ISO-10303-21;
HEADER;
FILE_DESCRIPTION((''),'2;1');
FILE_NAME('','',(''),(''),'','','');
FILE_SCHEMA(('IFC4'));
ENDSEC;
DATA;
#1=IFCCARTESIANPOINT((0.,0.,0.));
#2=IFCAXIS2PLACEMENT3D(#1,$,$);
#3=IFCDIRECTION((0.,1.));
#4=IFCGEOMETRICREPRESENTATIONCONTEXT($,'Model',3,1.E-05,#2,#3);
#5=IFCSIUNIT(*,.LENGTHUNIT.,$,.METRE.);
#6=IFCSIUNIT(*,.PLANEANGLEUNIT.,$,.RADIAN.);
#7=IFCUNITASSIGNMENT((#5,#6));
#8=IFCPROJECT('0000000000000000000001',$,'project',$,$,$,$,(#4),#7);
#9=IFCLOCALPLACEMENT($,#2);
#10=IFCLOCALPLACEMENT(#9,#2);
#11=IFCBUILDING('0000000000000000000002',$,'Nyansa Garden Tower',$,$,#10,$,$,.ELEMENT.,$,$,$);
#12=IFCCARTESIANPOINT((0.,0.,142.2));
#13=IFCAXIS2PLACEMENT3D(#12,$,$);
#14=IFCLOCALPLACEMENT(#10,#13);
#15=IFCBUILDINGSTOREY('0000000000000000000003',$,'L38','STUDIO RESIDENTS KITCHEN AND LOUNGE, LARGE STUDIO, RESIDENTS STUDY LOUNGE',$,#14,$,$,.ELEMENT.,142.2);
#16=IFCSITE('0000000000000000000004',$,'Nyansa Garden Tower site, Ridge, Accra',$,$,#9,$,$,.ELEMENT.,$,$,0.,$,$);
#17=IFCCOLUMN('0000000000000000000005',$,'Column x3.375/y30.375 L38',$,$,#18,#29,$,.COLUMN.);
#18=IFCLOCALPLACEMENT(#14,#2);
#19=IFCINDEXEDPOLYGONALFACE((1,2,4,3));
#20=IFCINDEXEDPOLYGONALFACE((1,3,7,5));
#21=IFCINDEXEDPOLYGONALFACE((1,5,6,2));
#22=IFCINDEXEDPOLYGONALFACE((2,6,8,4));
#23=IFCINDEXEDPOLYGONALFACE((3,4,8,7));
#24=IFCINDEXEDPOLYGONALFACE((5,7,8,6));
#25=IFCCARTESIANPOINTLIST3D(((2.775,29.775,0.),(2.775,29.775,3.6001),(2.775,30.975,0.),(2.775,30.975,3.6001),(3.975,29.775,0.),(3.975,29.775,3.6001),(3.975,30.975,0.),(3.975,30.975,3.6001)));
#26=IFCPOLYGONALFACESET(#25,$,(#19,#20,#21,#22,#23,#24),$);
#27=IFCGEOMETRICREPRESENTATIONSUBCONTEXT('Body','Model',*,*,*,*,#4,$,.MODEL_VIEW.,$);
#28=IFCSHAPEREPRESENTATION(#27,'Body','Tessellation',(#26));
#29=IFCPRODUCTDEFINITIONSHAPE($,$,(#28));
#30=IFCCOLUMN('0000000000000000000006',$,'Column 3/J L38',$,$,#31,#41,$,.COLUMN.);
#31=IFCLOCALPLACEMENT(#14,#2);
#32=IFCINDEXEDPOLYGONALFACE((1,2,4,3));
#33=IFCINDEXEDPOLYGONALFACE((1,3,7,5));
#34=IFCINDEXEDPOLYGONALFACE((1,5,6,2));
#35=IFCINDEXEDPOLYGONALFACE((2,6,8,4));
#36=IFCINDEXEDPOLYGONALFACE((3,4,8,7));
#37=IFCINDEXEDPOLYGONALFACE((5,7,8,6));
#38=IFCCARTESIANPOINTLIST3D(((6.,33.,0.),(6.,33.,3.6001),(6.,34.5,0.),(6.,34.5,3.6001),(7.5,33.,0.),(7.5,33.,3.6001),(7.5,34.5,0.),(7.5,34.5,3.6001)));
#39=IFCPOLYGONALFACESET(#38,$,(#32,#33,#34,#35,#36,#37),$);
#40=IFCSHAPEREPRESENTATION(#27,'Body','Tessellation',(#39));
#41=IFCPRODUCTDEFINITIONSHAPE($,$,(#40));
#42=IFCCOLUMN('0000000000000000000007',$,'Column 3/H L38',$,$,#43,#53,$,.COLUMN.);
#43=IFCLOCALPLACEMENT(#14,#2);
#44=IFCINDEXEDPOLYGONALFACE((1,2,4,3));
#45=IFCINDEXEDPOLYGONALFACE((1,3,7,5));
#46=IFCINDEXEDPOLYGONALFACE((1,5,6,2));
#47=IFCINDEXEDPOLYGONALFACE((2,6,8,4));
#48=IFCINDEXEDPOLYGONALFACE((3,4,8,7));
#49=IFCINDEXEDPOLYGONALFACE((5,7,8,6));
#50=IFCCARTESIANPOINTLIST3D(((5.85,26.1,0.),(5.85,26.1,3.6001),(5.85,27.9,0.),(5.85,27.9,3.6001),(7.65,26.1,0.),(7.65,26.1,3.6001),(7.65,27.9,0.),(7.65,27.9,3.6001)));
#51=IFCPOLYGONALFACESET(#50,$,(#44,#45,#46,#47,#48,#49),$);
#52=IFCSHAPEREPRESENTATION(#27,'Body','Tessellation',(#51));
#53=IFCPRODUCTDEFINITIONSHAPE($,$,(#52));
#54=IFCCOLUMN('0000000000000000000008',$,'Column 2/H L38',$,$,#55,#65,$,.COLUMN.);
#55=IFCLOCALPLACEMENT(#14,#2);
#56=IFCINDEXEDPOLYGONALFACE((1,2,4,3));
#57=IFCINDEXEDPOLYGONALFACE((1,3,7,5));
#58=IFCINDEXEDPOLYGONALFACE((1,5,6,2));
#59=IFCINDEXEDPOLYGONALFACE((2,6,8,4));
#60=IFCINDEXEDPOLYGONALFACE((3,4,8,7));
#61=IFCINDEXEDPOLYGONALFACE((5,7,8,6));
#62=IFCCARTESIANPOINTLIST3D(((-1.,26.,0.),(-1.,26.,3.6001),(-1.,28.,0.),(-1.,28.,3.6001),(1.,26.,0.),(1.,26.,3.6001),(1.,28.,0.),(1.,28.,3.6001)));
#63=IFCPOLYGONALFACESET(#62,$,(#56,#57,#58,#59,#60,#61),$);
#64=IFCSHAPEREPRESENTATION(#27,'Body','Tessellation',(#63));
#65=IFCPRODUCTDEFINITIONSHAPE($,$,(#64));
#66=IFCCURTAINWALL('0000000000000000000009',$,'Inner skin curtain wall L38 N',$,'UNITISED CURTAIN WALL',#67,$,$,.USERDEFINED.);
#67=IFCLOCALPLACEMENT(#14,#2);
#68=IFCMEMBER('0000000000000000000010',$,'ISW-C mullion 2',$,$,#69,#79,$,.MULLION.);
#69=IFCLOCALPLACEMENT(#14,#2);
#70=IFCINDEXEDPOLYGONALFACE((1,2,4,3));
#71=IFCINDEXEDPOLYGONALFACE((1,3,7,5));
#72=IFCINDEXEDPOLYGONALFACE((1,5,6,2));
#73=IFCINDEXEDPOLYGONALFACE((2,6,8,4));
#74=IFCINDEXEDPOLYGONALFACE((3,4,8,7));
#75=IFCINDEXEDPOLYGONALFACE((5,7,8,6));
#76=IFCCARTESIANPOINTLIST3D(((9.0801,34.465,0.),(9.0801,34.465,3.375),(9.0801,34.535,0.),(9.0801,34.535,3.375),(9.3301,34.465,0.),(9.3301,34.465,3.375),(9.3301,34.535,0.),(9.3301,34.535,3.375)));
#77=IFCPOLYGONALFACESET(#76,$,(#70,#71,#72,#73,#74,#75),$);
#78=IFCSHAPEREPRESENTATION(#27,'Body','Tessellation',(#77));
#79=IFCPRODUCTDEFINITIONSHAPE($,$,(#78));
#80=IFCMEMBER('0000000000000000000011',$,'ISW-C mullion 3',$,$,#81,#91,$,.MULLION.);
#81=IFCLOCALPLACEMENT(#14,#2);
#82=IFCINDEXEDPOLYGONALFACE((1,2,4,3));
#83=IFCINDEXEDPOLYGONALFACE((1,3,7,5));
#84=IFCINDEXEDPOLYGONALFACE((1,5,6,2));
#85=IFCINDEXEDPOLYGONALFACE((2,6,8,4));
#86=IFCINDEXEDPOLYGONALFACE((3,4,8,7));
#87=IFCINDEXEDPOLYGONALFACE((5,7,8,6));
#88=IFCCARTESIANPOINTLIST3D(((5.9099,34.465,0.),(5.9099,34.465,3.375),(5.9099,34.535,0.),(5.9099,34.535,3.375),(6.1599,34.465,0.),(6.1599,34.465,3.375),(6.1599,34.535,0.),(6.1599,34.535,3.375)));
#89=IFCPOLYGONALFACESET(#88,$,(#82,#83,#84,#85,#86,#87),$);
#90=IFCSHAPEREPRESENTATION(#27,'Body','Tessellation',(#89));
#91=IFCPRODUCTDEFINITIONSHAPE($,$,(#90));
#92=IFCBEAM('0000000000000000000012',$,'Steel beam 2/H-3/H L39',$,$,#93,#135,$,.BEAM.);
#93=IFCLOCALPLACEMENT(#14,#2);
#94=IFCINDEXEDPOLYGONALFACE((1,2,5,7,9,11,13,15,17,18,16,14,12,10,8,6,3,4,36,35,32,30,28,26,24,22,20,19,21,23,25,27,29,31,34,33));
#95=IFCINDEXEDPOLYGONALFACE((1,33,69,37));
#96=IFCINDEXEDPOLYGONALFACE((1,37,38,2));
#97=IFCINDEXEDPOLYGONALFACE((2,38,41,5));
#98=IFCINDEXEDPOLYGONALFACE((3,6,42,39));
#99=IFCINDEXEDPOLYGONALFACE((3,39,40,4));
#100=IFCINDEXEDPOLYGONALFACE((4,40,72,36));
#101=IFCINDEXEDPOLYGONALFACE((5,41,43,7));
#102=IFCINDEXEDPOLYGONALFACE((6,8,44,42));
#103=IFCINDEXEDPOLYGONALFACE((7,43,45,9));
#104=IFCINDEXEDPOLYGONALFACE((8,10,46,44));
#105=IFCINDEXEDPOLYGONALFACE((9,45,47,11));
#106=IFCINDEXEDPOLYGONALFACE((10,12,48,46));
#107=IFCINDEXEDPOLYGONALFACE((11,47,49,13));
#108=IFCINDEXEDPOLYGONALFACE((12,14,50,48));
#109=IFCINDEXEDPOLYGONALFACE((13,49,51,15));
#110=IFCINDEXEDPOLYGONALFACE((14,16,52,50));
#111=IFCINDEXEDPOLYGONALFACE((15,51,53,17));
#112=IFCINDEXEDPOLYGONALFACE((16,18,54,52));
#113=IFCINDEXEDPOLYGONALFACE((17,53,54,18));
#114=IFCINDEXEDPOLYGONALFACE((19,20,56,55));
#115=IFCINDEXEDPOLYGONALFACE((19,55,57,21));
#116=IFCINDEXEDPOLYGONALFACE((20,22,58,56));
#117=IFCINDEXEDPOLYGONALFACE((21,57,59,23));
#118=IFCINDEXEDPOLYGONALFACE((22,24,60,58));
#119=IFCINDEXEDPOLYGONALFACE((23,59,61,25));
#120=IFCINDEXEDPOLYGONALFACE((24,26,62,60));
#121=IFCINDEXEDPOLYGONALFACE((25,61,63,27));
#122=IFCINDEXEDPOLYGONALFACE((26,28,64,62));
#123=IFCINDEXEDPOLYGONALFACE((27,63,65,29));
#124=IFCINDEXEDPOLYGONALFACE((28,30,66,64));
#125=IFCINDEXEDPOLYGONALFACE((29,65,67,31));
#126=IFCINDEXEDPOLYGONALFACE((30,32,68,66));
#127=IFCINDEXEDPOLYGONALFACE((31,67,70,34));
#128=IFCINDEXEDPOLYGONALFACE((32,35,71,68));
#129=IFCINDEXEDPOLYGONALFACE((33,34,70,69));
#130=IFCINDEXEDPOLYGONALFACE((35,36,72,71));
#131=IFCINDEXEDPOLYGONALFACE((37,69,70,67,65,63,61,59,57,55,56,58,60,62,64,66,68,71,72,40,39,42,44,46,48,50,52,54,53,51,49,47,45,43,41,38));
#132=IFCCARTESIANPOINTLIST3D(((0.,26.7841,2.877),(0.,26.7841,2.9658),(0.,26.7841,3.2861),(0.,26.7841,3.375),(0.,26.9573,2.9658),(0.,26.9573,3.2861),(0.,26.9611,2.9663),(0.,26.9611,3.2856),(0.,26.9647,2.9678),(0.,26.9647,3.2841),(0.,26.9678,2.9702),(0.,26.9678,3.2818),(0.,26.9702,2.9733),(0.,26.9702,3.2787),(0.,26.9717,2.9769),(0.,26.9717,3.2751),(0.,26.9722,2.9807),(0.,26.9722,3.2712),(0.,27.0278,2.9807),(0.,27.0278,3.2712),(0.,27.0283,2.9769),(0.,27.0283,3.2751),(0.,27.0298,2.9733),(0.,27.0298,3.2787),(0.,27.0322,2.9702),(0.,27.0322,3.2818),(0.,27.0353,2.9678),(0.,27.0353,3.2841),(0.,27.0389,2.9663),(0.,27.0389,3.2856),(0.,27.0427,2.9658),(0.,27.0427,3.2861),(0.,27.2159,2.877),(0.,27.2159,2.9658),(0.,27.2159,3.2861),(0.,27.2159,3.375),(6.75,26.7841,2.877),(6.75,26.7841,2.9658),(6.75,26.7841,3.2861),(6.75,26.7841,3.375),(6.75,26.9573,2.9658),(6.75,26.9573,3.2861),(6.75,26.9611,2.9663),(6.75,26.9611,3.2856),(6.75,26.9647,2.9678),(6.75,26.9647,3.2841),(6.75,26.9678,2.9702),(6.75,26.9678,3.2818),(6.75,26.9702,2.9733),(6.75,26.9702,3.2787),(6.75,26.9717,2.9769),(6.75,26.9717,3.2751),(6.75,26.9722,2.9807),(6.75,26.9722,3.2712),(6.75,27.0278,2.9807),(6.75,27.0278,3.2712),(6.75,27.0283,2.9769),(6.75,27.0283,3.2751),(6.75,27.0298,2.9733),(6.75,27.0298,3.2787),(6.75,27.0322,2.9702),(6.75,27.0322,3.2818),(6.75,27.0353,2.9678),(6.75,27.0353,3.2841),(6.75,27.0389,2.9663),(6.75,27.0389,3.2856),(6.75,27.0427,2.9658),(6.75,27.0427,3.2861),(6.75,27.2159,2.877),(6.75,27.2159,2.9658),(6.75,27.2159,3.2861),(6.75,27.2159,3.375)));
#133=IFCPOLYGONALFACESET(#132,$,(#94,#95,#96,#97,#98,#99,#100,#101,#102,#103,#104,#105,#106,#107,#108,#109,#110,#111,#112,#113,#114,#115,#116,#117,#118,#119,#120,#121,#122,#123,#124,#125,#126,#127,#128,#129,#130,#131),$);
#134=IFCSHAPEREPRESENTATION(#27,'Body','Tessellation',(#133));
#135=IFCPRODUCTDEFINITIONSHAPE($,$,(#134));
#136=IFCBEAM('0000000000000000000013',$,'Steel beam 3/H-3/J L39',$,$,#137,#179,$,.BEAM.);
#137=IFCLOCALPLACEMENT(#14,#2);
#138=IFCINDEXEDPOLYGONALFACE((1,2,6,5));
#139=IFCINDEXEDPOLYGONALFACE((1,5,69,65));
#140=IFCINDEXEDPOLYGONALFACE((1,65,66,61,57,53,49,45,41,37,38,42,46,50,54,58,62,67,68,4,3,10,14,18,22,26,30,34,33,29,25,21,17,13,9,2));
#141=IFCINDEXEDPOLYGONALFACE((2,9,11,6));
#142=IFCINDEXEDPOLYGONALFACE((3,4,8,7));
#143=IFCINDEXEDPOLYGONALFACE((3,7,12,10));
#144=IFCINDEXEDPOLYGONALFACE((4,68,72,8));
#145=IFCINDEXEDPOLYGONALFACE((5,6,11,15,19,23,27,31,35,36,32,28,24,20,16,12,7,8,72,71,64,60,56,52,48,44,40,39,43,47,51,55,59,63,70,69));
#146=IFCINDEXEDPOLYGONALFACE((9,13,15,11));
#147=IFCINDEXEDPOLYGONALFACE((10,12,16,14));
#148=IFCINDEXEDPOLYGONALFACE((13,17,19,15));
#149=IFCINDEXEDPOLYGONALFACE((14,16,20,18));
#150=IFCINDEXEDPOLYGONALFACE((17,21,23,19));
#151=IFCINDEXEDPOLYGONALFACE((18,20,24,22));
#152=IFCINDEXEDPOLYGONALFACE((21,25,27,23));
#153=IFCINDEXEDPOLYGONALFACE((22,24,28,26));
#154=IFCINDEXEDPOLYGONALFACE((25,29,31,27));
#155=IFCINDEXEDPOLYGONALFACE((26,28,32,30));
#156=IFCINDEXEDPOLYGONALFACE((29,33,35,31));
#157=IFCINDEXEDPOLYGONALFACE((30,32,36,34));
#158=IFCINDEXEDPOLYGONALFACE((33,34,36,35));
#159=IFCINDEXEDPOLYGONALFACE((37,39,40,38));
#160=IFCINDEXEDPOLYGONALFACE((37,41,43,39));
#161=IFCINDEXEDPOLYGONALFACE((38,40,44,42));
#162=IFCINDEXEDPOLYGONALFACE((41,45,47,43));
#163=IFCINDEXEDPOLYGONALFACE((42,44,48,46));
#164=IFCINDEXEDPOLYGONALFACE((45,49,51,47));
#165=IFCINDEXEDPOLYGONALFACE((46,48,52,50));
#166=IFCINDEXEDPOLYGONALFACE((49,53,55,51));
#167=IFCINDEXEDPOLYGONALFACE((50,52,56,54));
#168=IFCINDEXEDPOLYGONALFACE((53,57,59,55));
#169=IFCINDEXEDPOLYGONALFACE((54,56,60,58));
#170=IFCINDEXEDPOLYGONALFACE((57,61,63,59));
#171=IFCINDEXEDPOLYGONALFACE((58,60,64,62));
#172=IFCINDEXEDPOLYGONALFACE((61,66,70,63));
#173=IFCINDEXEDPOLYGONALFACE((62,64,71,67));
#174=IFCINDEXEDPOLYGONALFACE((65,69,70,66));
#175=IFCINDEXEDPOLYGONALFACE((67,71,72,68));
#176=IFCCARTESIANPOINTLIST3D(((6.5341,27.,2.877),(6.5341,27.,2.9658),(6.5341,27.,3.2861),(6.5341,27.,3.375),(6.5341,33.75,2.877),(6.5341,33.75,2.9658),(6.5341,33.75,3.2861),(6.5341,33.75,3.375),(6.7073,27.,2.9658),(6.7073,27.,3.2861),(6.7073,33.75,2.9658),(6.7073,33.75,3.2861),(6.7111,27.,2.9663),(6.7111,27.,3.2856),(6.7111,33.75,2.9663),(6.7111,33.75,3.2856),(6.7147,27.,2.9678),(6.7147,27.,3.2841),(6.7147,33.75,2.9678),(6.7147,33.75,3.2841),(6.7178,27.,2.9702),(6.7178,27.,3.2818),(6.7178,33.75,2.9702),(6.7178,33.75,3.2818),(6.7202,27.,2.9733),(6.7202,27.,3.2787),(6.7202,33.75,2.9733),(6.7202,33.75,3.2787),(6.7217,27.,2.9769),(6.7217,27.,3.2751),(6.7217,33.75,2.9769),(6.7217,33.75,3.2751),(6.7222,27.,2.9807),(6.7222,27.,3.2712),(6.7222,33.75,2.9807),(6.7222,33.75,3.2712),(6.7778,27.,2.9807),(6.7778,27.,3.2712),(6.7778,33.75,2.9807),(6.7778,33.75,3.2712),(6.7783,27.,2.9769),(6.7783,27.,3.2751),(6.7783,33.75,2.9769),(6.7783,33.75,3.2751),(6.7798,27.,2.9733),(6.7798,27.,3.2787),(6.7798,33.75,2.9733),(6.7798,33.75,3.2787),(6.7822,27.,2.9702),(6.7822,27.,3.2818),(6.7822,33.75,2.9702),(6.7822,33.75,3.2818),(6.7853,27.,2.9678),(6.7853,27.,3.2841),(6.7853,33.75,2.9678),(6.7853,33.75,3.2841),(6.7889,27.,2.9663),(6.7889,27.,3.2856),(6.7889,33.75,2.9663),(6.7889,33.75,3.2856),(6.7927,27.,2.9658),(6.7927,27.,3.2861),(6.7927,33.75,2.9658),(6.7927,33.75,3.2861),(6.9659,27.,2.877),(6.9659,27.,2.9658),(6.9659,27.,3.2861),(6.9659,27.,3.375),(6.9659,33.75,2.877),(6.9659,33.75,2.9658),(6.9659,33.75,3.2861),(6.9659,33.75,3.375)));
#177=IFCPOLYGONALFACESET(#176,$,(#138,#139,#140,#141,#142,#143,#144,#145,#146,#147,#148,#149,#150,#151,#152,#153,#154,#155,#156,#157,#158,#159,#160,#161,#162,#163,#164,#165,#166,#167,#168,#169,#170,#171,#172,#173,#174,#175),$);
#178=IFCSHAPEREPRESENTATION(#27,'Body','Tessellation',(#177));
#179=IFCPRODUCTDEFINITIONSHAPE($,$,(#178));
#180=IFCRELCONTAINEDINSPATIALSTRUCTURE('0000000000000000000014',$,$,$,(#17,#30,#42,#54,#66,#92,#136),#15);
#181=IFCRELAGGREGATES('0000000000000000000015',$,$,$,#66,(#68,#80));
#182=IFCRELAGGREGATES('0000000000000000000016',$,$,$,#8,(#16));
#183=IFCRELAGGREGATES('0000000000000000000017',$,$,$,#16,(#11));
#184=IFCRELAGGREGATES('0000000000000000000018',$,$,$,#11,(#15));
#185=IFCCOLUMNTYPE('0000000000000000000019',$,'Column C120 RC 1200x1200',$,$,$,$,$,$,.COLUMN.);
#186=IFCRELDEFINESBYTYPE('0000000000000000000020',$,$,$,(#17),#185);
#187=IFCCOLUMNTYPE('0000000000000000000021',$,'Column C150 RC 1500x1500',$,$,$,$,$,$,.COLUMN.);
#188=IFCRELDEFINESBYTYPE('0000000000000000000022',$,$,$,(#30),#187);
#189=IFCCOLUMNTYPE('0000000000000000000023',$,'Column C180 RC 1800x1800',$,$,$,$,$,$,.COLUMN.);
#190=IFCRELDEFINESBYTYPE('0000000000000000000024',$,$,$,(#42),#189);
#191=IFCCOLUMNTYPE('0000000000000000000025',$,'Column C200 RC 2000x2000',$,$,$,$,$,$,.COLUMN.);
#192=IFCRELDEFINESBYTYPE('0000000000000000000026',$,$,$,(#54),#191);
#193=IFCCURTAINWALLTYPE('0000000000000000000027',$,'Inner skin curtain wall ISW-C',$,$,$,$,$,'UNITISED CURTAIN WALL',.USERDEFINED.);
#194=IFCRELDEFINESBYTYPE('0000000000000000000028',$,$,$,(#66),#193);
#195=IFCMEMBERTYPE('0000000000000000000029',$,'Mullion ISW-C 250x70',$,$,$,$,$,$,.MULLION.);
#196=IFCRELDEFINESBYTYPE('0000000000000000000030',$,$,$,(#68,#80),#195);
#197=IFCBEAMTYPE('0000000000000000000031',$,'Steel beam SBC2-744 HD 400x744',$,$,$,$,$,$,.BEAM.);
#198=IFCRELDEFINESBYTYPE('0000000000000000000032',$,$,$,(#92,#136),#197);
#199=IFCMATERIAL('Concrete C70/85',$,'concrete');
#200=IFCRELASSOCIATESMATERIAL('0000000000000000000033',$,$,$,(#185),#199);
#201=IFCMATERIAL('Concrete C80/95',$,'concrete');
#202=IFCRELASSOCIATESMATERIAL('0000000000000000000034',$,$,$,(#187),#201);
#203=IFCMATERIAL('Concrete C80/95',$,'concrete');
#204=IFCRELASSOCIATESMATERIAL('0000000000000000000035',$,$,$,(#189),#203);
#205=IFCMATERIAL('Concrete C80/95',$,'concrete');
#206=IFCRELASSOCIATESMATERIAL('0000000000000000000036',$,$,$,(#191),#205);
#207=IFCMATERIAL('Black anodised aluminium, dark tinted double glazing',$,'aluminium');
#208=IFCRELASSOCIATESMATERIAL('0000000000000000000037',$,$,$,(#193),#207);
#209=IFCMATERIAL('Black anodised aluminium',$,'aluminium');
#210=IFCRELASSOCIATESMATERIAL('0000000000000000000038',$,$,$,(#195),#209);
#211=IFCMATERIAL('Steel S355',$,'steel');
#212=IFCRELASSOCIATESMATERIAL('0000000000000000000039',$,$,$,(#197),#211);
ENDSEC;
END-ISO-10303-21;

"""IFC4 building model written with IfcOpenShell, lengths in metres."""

from ifc_helpers import new_model, si_unit, direction, frame, origin, origin_2d, place, context, subcontext, project, spatial, rectangle, i_section, extrude, material, material_profile, profile_set, type_object, element, aggregate, save


model = new_model("IFC4")

# Units and contexts
model_context = context("Model", 3, precision=1e-05, world=origin(), true_north=direction((0.0, 1.0)))
body_context = subcontext(model_context, "Body", "Model", "MODEL_VIEW")
ifc_project = project(units=[si_unit("LENGTHUNIT", "METRE"), si_unit("PLANEANGLEUNIT", "RADIAN")], contexts=[model_context])

# Site, building, storey
site_placement = place(None, origin())
site = spatial("IfcSite", under=ifc_project, at=site_placement, Name="Nyansa Garden Tower site, Ridge, Accra", CompositionType="ELEMENT", RefElevation=0.0)
building_placement = place(site_placement, origin())
building = spatial("IfcBuilding", under=site, at=building_placement, Name="Nyansa Garden Tower", CompositionType="ELEMENT")
storey_placement = place(building_placement, frame((0.0, 0.0, 142.2)))
storey = spatial("IfcBuildingStorey", under=building, at=storey_placement, Name="L38", Description="STUDIO RESIDENTS KITCHEN AND LOUNGE, LARGE STUDIO, RESIDENTS STUDY LOUNGE", CompositionType="ELEMENT", Elevation=142.2)

# Columns
ifc_material_1 = material(Name="Concrete C70/85", Category="concrete")
ifc_material_profile_1 = material_profile(ifc_material_1, rectangle(XDim=1.2, YDim=1.2, at=origin_2d()), Name="RC 1200x1200")
ifc_profile_set_1 = profile_set([ifc_material_profile_1], Name="Concrete C70/85")
column_type_1 = type_object("IfcColumnType", Name="Column C120 RC 1200x1200", PredefinedType="COLUMN", material=ifc_profile_set_1)
column_1_placement = place(storey_placement, frame((3.375, 30.375, 0.0), z_axis=(0.0, 0.0, 1.0), x_axis=(1.0, 0.0, 0.0)))
element("IfcColumn", 1, at=column_1_placement, inside=storey, type_object=column_type_1, Name="Column x3.375/y30.375 L38", PredefinedType="COLUMN", context=body_context, shape_type="SweptSolid", body=[
    extrude(rectangle(XDim=1.2, YDim=1.2, at=origin_2d()), origin(), (0.0, 0.0, 1.0), 3.6001),
])
ifc_material_2 = material(Name="Concrete C80/95", Category="concrete")
ifc_material_profile_2 = material_profile(ifc_material_2, rectangle(XDim=1.5, YDim=1.5, at=origin_2d()), Name="RC 1500x1500")
ifc_profile_set_2 = profile_set([ifc_material_profile_2], Name="Concrete C80/95")
column_type_2 = type_object("IfcColumnType", Name="Column C150 RC 1500x1500", PredefinedType="COLUMN", material=ifc_profile_set_2)
column_2_placement = place(storey_placement, frame((6.75, 33.75, 0.0), z_axis=(0.0, 0.0, 1.0), x_axis=(1.0, 0.0, 0.0)))
element("IfcColumn", 2, at=column_2_placement, inside=storey, type_object=column_type_2, Name="Column 3/J L38", PredefinedType="COLUMN", context=body_context, shape_type="SweptSolid", body=[
    extrude(rectangle(XDim=1.5, YDim=1.5, at=origin_2d()), origin(), (0.0, 0.0, 1.0), 3.6001),
])
ifc_material_3 = material(Name="Concrete C80/95", Category="concrete")
ifc_material_profile_3 = material_profile(ifc_material_3, rectangle(XDim=1.8, YDim=1.8, at=origin_2d()), Name="RC 1800x1800")
ifc_profile_set_3 = profile_set([ifc_material_profile_3], Name="Concrete C80/95")
column_type_3 = type_object("IfcColumnType", Name="Column C180 RC 1800x1800", PredefinedType="COLUMN", material=ifc_profile_set_3)
column_3_placement = place(storey_placement, frame((6.75, 27.0, 0.0), z_axis=(0.0, 0.0, 1.0), x_axis=(1.0, 0.0, 0.0)))
element("IfcColumn", 3, at=column_3_placement, inside=storey, type_object=column_type_3, Name="Column 3/H L38", PredefinedType="COLUMN", context=body_context, shape_type="SweptSolid", body=[
    extrude(rectangle(XDim=1.8, YDim=1.8, at=origin_2d()), origin(), (0.0, 0.0, 1.0), 3.6001),
])
ifc_material_4 = material(Name="Concrete C80/95", Category="concrete")
ifc_material_profile_4 = material_profile(ifc_material_4, rectangle(XDim=2.0, YDim=2.0, at=origin_2d()), Name="RC 2000x2000")
ifc_profile_set_4 = profile_set([ifc_material_profile_4], Name="Concrete C80/95")
column_type_4 = type_object("IfcColumnType", Name="Column C200 RC 2000x2000", PredefinedType="COLUMN", material=ifc_profile_set_4)
column_4_placement = place(storey_placement, frame((0.0, 27.0, 0.0), z_axis=(0.0, 0.0, 1.0), x_axis=(1.0, 0.0, 0.0)))
element("IfcColumn", 4, at=column_4_placement, inside=storey, type_object=column_type_4, Name="Column 2/H L38", PredefinedType="COLUMN", context=body_context, shape_type="SweptSolid", body=[
    extrude(rectangle(XDim=2.0, YDim=2.0, at=origin_2d()), origin(), (0.0, 0.0, 1.0), 3.6001),
])

# Curtain wall, members
ifc_material_5 = material(Name="Black anodised aluminium, dark tinted double glazing", Category="aluminium")
curtain_wall_type = type_object("IfcCurtainWallType", Name="Inner skin curtain wall ISW-C", ElementType="UNITISED CURTAIN WALL", PredefinedType="USERDEFINED", material=ifc_material_5)
curtain_wall_placement = place(storey_placement, origin())
curtain_wall = element("IfcCurtainWall", 5, at=curtain_wall_placement, inside=storey, type_object=curtain_wall_type, Name="Inner skin curtain wall L38 N", ObjectType="UNITISED CURTAIN WALL", PredefinedType="USERDEFINED")
ifc_material_6 = material(Name="Black anodised aluminium", Category="aluminium")
ifc_material_profile_5 = material_profile(ifc_material_6, rectangle(XDim=0.0701, YDim=0.25, at=origin_2d()), Name="Mullion 250x70")
ifc_profile_set_5 = profile_set([ifc_material_profile_5], Name="Black anodised aluminium")
member_type_1 = type_object("IfcMemberType", Name="Mullion ISW-C 250x70", PredefinedType="MULLION", material=ifc_profile_set_5)
member_1_placement = place(storey_placement, frame((9.2051, 34.5, 0.0), z_axis=(0.0, 0.0, 1.0), x_axis=(0.0, -1.0, 0.0)))
member_1 = element("IfcMember", 6, at=member_1_placement, type_object=member_type_1, Name="ISW-C mullion 2", PredefinedType="MULLION", context=body_context, shape_type="SweptSolid", body=[
    extrude(rectangle(XDim=0.0701, YDim=0.25, at=origin_2d()), origin(), (0.0, 0.0, 1.0), 3.375),
])
member_2_placement = place(storey_placement, frame((6.0349, 34.5, 0.0), z_axis=(0.0, 0.0, 1.0), x_axis=(0.0, -1.0, 0.0)))
member_2 = element("IfcMember", 7, at=member_2_placement, type_object=member_type_1, Name="ISW-C mullion 3", PredefinedType="MULLION", context=body_context, shape_type="SweptSolid", body=[
    extrude(rectangle(XDim=0.0701, YDim=0.25, at=origin_2d()), origin(), (0.0, 0.0, 1.0), 3.375),
])

# Beams
ifc_material_7 = material(Name="Steel S355", Category="steel")
ifc_material_profile_6 = material_profile(ifc_material_7, i_section(OverallWidth=0.4319, OverallDepth=0.498, WebThickness=0.0557, FlangeThickness=0.0889, FilletRadius=0.0149, at=origin_2d()), Name="HD 400x744")
ifc_profile_set_6 = profile_set([ifc_material_profile_6], Name="Steel S355")
beam_type_1 = type_object("IfcBeamType", Name="Steel beam SBC2-744 HD 400x744", PredefinedType="BEAM", material=ifc_profile_set_6)
for number, where, z_axis, x_axis, name in (
    (8, (0.0, 27.0, 3.126), (1.0, 0.0, 0.0), (0.0, 1.0, 0.0), "Steel beam 2/H-3/H L39"),
    (9, (6.75, 27.0, 3.126), (0.0, 1.0, 0.0), (-1.0, 0.0, 0.0), "Steel beam 3/H-3/J L39"),
):
    element("IfcBeam", number, at=place(storey_placement, frame(where, z_axis=z_axis, x_axis=x_axis)), inside=storey, type_object=beam_type_1, Name=name, PredefinedType="BEAM", context=body_context, shape_type="SweptSolid", body=[
        extrude(i_section(OverallWidth=0.4319, OverallDepth=0.498, WebThickness=0.0557, FlangeThickness=0.0889, FilletRadius=0.0149, at=origin_2d()), origin(), (0.0, 0.0, 1.0), 6.75),
    ])

aggregate(curtain_wall, [member_1, member_2])

save(model, "model.ifc")
